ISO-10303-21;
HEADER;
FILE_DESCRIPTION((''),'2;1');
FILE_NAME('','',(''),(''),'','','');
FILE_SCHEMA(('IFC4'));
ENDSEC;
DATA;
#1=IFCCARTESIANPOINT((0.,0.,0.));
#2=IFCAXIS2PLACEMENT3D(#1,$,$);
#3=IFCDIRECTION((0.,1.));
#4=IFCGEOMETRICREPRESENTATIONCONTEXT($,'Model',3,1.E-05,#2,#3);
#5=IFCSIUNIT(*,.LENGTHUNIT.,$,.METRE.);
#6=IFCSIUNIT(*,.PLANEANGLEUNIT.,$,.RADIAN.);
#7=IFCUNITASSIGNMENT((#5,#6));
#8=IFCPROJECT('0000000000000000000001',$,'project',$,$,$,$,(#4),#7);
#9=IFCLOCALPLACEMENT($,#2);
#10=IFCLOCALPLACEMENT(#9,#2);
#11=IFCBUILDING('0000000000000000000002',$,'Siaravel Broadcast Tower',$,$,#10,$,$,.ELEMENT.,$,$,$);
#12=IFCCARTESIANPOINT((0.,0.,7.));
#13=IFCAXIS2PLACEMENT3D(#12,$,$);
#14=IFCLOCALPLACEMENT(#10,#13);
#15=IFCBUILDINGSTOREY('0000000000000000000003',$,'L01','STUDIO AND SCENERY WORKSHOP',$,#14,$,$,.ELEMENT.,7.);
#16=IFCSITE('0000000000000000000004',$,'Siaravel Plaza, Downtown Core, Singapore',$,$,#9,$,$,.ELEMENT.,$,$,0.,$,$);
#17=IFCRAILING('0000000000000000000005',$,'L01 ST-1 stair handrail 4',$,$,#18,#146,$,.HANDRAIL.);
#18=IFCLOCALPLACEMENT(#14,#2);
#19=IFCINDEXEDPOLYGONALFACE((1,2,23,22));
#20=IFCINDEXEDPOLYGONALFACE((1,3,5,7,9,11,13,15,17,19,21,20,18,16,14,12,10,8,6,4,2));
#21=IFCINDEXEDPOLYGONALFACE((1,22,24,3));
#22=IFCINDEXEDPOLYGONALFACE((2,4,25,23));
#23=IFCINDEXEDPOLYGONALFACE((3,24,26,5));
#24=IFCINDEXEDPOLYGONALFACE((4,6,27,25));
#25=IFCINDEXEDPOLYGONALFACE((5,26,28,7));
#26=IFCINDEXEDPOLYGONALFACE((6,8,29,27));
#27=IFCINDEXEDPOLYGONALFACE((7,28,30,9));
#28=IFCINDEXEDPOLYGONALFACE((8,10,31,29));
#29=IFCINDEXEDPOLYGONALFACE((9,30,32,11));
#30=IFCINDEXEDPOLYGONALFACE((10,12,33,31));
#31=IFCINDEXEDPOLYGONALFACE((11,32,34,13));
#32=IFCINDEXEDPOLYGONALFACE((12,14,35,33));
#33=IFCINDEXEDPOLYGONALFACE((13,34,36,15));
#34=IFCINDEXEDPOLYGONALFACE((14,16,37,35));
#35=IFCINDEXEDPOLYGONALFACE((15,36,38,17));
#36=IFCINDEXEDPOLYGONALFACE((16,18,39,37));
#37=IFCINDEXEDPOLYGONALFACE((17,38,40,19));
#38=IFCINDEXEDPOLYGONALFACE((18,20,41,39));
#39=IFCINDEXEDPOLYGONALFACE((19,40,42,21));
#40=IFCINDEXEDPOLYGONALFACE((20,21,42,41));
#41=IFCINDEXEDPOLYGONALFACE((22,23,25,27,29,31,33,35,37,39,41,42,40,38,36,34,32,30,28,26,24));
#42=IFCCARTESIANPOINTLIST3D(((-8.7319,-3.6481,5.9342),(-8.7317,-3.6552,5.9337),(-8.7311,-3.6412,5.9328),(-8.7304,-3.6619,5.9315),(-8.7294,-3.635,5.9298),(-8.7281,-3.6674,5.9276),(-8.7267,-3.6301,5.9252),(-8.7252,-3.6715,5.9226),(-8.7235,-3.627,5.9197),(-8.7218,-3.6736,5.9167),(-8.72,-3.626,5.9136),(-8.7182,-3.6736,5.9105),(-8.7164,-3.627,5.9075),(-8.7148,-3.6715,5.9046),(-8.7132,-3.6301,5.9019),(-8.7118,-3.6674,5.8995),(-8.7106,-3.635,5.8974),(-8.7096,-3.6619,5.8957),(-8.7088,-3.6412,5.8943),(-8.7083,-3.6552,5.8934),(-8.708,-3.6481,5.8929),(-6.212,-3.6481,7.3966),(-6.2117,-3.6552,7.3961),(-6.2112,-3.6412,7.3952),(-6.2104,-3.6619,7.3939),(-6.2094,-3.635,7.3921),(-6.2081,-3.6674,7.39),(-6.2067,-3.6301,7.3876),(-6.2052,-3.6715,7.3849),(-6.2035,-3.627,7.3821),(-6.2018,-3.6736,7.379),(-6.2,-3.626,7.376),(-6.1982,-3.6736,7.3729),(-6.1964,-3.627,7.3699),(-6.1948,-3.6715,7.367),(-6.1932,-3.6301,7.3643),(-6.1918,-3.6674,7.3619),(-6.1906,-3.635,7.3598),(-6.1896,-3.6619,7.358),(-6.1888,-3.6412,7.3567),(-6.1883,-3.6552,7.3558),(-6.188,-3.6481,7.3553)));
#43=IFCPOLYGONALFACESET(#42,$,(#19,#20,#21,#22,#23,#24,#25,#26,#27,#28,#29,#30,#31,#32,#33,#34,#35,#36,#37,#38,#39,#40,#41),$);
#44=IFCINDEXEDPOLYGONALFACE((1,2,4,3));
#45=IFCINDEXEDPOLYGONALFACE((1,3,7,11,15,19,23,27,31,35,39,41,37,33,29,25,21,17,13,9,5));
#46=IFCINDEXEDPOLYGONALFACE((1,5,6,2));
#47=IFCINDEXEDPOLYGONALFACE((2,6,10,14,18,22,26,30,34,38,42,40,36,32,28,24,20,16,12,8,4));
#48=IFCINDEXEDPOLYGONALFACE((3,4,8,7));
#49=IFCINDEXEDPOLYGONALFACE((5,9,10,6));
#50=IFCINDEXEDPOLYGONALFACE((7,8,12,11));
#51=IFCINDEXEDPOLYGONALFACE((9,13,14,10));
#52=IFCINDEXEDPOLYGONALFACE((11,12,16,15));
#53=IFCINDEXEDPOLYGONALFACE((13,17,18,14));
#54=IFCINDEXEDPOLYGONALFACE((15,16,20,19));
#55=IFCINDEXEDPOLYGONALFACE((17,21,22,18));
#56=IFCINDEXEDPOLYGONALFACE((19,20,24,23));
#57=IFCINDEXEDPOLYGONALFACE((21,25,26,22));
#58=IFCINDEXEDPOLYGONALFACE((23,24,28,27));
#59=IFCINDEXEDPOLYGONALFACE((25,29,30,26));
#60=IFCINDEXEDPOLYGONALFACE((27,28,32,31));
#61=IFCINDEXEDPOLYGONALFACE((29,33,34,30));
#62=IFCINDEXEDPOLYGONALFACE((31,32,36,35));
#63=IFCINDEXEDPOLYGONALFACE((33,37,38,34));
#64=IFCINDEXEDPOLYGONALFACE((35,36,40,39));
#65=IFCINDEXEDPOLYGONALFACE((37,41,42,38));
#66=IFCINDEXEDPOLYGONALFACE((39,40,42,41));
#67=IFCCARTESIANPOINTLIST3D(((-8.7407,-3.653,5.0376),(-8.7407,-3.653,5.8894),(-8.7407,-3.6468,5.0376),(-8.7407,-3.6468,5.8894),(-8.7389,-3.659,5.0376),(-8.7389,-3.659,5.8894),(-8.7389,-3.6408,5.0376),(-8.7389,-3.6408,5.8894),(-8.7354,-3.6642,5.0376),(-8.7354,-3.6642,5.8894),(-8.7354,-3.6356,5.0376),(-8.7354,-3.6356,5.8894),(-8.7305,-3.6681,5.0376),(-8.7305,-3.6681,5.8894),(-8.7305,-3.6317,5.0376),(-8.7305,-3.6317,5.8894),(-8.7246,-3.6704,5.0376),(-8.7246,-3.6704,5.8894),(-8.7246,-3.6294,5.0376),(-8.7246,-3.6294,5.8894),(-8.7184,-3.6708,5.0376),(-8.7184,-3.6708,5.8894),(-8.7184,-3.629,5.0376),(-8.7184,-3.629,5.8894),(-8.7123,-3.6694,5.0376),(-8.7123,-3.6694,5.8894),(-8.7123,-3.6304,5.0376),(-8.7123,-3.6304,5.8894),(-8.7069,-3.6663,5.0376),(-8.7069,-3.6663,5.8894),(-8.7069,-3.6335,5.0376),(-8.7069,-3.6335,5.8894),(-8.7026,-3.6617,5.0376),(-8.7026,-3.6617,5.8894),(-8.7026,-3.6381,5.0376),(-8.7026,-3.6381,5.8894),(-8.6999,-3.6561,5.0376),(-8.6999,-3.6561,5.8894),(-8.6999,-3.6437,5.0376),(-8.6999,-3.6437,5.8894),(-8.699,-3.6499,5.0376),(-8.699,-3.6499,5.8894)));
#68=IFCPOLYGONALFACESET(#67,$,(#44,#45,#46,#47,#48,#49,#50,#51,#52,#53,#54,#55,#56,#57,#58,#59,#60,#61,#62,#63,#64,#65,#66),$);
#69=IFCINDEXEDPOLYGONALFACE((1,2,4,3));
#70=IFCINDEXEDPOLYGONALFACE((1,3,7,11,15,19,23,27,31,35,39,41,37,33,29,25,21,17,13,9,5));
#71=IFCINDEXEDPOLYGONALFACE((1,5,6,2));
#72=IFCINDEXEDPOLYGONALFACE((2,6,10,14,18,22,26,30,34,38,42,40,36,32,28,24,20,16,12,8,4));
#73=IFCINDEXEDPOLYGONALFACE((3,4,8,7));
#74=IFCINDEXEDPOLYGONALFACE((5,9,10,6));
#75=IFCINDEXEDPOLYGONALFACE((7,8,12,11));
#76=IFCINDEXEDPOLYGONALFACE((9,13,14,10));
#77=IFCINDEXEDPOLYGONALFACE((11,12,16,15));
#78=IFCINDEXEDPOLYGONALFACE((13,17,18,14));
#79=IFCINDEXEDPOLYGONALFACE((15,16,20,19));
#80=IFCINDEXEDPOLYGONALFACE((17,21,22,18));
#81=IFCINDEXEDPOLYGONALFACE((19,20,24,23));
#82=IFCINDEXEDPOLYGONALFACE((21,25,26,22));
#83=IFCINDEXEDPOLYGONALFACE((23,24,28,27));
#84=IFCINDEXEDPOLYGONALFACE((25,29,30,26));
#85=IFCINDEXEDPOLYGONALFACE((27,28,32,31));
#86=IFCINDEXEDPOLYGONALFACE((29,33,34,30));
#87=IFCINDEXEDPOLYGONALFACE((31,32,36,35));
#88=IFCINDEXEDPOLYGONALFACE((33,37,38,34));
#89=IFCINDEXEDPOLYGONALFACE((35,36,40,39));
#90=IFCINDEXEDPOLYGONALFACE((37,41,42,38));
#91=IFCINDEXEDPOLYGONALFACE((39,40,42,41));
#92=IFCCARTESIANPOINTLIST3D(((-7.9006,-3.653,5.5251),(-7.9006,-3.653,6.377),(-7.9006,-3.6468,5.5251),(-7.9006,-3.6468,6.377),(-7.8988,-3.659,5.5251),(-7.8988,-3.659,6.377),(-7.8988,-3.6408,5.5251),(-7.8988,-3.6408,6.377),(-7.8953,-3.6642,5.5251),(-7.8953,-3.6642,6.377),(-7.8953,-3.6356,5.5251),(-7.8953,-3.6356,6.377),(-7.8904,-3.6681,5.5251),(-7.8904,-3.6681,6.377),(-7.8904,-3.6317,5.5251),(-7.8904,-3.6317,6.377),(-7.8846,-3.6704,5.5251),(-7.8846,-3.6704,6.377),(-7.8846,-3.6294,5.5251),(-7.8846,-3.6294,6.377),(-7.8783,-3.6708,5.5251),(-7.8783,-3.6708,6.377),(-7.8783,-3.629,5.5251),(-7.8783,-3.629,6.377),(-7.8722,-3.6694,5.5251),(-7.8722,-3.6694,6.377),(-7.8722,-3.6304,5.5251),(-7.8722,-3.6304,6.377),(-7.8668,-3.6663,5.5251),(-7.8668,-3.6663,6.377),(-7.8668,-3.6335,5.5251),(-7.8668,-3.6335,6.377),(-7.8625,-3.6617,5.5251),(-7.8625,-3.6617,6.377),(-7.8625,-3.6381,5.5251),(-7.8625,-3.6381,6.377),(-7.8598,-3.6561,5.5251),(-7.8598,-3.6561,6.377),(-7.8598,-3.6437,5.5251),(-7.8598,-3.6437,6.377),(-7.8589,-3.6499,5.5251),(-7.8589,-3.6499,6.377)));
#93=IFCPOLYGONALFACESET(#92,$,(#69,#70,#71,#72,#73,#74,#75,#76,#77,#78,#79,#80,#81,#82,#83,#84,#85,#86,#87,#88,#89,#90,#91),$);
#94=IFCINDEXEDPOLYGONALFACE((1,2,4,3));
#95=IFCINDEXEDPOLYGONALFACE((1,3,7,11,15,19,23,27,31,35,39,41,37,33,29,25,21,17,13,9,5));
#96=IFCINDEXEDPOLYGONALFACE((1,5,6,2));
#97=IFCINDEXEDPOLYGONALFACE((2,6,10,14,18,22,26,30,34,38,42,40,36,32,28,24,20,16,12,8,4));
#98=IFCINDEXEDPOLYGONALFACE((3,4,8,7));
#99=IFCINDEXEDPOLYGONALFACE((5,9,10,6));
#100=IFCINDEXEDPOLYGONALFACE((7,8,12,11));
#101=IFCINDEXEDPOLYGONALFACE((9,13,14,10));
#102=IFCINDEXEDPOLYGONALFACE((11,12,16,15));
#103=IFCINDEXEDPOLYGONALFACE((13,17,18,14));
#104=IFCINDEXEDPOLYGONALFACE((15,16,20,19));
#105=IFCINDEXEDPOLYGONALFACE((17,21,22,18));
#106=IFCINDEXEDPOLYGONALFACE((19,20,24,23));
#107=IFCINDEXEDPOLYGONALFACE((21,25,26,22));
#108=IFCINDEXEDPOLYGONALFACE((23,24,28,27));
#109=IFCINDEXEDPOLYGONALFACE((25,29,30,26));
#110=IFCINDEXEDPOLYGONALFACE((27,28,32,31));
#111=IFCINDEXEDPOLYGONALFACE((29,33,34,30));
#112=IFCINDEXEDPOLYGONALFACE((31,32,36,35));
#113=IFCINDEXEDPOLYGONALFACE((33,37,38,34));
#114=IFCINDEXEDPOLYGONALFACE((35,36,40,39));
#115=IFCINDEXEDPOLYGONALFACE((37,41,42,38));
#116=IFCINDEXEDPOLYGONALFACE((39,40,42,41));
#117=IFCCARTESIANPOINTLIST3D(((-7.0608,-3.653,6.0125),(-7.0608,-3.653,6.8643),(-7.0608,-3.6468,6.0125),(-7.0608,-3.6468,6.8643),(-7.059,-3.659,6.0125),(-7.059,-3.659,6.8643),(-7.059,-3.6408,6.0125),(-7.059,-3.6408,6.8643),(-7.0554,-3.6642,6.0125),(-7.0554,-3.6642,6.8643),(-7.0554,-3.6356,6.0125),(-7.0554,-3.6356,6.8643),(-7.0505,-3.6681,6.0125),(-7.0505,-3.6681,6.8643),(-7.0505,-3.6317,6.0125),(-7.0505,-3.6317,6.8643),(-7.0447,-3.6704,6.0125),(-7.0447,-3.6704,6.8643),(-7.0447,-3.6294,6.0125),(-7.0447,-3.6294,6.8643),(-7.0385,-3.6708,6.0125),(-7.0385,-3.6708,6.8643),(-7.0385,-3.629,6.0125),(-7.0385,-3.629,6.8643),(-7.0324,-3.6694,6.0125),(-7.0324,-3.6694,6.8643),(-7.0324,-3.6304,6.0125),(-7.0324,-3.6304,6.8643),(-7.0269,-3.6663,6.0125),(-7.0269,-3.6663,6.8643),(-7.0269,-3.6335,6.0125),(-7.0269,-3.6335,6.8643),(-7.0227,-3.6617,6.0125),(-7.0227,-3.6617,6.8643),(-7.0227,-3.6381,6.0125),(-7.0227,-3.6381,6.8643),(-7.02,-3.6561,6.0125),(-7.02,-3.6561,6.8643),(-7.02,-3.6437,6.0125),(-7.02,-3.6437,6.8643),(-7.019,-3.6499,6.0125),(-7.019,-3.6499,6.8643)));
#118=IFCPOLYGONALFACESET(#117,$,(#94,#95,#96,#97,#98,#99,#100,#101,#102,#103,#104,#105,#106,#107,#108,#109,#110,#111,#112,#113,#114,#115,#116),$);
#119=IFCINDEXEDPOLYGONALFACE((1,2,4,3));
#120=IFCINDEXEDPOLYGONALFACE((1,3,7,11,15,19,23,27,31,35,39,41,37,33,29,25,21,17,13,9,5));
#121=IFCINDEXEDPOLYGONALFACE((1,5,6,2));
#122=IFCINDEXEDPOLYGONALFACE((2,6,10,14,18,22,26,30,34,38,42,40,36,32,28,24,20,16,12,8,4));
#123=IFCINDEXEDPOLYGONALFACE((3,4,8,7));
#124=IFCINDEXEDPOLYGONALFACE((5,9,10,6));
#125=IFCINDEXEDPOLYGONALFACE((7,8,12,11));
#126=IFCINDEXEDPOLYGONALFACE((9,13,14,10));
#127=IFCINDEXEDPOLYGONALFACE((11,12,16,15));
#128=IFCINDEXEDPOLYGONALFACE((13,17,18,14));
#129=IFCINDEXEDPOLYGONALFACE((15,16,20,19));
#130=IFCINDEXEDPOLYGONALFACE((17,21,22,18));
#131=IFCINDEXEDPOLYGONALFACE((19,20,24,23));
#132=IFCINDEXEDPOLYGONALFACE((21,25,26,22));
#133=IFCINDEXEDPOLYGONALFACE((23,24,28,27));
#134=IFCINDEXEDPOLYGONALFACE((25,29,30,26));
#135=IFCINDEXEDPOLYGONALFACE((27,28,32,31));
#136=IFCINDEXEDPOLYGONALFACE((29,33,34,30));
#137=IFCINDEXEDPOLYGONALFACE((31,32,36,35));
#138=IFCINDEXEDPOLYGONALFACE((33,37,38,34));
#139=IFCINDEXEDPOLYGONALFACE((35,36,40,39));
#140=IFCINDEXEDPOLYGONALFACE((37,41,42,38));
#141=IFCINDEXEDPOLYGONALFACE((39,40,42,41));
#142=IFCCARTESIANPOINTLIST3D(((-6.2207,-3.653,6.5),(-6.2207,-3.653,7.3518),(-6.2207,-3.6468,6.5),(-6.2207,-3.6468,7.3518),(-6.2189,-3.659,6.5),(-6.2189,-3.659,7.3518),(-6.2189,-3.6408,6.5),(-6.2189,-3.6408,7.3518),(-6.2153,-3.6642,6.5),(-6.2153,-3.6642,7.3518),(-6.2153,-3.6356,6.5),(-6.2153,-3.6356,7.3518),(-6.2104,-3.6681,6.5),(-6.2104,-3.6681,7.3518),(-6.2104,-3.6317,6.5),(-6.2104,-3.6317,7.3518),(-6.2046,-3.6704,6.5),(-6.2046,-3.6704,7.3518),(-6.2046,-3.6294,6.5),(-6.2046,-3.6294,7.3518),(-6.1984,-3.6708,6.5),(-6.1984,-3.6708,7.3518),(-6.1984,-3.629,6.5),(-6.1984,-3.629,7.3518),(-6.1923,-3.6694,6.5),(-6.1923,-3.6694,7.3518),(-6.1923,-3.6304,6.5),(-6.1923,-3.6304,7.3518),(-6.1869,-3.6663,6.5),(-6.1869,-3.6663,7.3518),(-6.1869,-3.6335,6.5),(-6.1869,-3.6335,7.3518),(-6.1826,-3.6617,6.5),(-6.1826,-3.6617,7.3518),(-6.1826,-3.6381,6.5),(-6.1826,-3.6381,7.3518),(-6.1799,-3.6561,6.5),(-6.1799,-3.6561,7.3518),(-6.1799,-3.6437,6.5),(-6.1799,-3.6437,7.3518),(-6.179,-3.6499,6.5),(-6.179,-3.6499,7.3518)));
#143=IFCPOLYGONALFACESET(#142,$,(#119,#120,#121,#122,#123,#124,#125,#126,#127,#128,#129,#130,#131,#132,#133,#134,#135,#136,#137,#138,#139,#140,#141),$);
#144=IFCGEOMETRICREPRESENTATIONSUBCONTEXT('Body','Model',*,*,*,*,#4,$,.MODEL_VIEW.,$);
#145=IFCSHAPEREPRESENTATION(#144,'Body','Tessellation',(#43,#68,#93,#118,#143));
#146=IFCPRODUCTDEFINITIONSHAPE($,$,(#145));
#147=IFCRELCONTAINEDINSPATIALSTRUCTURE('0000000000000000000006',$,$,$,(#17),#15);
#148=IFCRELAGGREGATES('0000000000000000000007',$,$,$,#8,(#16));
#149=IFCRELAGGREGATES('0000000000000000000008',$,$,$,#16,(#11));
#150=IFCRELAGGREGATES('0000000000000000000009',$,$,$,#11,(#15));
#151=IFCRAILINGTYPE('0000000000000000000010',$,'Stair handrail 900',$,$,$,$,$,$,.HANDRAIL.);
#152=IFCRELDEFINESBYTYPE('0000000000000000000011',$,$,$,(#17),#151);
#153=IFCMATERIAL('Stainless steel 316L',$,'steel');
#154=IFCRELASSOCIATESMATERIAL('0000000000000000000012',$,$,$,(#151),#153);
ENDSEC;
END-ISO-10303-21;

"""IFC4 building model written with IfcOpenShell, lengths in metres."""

from ifc_helpers import new_model, si_unit, direction, frame, origin, origin_2d, place, context, subcontext, project, spatial, circle, extrude, material, type_object, element, save


model = new_model("IFC4")

# Units and contexts
model_context = context("Model", 3, precision=1e-05, world=origin(), true_north=direction((0.0, 1.0)))
body_context = subcontext(model_context, "Body", "Model", "MODEL_VIEW")
ifc_project = project(units=[si_unit("LENGTHUNIT", "METRE"), si_unit("PLANEANGLEUNIT", "RADIAN")], contexts=[model_context])

# Site, building, storey
site_placement = place(None, origin())
site = spatial("IfcSite", under=ifc_project, at=site_placement, Name="Siaravel Plaza, Downtown Core, Singapore", CompositionType="ELEMENT", RefElevation=0.0)
building_placement = place(site_placement, origin())
building = spatial("IfcBuilding", under=site, at=building_placement, Name="Siaravel Broadcast Tower", CompositionType="ELEMENT")
storey_placement = place(building_placement, frame((0.0, 0.0, 7.0)))
storey = spatial("IfcBuildingStorey", under=building, at=storey_placement, Name="L01", Description="STUDIO AND SCENERY WORKSHOP", CompositionType="ELEMENT", Elevation=7.0)

# Railing
ifc_material_1 = material(Name="Stainless steel 316L", Category="steel")
railing_type_1 = type_object("IfcRailingType", Name="Stair handrail 900", PredefinedType="HANDRAIL", material=ifc_material_1)
for number, where, name in (
    (1, (-8.72, -3.6499, 5.0376), "L01 ST-1 stair handrail 4"),
):
    element("IfcRailing", number, at=place(storey_placement, frame(where)), inside=storey, type_object=railing_type_1, Name=name, PredefinedType="HANDRAIL", context=body_context, shape_type="SweptSolid", body=[
        extrude(circle(Radius=0.0239, at=origin_2d()), frame((0.0, 0.0, 0.876), z_axis=(0.864913, 0.0, 0.501921), x_axis=(0.0, 1.0, 0.0)), (0.0, 0.0, 1.0), 2.9136),
        extrude(circle(Radius=0.021, at=origin_2d()), origin(), (0.0, 0.0, 1.0), 0.8518),
        extrude(circle(Radius=0.021, at=origin_2d()), frame((0.8401, 0.0, 0.4875)), (0.0, 0.0, 1.0), 0.8518),
        extrude(circle(Radius=0.021, at=origin_2d()), frame((1.6799, 0.0, 0.9749)), (0.0, 0.0, 1.0), 0.8518),
        extrude(circle(Radius=0.021, at=origin_2d()), frame((2.52, 0.0, 1.4624)), (0.0, 0.0, 1.0), 0.8518),
    ])

save(model, "model.ifc")
